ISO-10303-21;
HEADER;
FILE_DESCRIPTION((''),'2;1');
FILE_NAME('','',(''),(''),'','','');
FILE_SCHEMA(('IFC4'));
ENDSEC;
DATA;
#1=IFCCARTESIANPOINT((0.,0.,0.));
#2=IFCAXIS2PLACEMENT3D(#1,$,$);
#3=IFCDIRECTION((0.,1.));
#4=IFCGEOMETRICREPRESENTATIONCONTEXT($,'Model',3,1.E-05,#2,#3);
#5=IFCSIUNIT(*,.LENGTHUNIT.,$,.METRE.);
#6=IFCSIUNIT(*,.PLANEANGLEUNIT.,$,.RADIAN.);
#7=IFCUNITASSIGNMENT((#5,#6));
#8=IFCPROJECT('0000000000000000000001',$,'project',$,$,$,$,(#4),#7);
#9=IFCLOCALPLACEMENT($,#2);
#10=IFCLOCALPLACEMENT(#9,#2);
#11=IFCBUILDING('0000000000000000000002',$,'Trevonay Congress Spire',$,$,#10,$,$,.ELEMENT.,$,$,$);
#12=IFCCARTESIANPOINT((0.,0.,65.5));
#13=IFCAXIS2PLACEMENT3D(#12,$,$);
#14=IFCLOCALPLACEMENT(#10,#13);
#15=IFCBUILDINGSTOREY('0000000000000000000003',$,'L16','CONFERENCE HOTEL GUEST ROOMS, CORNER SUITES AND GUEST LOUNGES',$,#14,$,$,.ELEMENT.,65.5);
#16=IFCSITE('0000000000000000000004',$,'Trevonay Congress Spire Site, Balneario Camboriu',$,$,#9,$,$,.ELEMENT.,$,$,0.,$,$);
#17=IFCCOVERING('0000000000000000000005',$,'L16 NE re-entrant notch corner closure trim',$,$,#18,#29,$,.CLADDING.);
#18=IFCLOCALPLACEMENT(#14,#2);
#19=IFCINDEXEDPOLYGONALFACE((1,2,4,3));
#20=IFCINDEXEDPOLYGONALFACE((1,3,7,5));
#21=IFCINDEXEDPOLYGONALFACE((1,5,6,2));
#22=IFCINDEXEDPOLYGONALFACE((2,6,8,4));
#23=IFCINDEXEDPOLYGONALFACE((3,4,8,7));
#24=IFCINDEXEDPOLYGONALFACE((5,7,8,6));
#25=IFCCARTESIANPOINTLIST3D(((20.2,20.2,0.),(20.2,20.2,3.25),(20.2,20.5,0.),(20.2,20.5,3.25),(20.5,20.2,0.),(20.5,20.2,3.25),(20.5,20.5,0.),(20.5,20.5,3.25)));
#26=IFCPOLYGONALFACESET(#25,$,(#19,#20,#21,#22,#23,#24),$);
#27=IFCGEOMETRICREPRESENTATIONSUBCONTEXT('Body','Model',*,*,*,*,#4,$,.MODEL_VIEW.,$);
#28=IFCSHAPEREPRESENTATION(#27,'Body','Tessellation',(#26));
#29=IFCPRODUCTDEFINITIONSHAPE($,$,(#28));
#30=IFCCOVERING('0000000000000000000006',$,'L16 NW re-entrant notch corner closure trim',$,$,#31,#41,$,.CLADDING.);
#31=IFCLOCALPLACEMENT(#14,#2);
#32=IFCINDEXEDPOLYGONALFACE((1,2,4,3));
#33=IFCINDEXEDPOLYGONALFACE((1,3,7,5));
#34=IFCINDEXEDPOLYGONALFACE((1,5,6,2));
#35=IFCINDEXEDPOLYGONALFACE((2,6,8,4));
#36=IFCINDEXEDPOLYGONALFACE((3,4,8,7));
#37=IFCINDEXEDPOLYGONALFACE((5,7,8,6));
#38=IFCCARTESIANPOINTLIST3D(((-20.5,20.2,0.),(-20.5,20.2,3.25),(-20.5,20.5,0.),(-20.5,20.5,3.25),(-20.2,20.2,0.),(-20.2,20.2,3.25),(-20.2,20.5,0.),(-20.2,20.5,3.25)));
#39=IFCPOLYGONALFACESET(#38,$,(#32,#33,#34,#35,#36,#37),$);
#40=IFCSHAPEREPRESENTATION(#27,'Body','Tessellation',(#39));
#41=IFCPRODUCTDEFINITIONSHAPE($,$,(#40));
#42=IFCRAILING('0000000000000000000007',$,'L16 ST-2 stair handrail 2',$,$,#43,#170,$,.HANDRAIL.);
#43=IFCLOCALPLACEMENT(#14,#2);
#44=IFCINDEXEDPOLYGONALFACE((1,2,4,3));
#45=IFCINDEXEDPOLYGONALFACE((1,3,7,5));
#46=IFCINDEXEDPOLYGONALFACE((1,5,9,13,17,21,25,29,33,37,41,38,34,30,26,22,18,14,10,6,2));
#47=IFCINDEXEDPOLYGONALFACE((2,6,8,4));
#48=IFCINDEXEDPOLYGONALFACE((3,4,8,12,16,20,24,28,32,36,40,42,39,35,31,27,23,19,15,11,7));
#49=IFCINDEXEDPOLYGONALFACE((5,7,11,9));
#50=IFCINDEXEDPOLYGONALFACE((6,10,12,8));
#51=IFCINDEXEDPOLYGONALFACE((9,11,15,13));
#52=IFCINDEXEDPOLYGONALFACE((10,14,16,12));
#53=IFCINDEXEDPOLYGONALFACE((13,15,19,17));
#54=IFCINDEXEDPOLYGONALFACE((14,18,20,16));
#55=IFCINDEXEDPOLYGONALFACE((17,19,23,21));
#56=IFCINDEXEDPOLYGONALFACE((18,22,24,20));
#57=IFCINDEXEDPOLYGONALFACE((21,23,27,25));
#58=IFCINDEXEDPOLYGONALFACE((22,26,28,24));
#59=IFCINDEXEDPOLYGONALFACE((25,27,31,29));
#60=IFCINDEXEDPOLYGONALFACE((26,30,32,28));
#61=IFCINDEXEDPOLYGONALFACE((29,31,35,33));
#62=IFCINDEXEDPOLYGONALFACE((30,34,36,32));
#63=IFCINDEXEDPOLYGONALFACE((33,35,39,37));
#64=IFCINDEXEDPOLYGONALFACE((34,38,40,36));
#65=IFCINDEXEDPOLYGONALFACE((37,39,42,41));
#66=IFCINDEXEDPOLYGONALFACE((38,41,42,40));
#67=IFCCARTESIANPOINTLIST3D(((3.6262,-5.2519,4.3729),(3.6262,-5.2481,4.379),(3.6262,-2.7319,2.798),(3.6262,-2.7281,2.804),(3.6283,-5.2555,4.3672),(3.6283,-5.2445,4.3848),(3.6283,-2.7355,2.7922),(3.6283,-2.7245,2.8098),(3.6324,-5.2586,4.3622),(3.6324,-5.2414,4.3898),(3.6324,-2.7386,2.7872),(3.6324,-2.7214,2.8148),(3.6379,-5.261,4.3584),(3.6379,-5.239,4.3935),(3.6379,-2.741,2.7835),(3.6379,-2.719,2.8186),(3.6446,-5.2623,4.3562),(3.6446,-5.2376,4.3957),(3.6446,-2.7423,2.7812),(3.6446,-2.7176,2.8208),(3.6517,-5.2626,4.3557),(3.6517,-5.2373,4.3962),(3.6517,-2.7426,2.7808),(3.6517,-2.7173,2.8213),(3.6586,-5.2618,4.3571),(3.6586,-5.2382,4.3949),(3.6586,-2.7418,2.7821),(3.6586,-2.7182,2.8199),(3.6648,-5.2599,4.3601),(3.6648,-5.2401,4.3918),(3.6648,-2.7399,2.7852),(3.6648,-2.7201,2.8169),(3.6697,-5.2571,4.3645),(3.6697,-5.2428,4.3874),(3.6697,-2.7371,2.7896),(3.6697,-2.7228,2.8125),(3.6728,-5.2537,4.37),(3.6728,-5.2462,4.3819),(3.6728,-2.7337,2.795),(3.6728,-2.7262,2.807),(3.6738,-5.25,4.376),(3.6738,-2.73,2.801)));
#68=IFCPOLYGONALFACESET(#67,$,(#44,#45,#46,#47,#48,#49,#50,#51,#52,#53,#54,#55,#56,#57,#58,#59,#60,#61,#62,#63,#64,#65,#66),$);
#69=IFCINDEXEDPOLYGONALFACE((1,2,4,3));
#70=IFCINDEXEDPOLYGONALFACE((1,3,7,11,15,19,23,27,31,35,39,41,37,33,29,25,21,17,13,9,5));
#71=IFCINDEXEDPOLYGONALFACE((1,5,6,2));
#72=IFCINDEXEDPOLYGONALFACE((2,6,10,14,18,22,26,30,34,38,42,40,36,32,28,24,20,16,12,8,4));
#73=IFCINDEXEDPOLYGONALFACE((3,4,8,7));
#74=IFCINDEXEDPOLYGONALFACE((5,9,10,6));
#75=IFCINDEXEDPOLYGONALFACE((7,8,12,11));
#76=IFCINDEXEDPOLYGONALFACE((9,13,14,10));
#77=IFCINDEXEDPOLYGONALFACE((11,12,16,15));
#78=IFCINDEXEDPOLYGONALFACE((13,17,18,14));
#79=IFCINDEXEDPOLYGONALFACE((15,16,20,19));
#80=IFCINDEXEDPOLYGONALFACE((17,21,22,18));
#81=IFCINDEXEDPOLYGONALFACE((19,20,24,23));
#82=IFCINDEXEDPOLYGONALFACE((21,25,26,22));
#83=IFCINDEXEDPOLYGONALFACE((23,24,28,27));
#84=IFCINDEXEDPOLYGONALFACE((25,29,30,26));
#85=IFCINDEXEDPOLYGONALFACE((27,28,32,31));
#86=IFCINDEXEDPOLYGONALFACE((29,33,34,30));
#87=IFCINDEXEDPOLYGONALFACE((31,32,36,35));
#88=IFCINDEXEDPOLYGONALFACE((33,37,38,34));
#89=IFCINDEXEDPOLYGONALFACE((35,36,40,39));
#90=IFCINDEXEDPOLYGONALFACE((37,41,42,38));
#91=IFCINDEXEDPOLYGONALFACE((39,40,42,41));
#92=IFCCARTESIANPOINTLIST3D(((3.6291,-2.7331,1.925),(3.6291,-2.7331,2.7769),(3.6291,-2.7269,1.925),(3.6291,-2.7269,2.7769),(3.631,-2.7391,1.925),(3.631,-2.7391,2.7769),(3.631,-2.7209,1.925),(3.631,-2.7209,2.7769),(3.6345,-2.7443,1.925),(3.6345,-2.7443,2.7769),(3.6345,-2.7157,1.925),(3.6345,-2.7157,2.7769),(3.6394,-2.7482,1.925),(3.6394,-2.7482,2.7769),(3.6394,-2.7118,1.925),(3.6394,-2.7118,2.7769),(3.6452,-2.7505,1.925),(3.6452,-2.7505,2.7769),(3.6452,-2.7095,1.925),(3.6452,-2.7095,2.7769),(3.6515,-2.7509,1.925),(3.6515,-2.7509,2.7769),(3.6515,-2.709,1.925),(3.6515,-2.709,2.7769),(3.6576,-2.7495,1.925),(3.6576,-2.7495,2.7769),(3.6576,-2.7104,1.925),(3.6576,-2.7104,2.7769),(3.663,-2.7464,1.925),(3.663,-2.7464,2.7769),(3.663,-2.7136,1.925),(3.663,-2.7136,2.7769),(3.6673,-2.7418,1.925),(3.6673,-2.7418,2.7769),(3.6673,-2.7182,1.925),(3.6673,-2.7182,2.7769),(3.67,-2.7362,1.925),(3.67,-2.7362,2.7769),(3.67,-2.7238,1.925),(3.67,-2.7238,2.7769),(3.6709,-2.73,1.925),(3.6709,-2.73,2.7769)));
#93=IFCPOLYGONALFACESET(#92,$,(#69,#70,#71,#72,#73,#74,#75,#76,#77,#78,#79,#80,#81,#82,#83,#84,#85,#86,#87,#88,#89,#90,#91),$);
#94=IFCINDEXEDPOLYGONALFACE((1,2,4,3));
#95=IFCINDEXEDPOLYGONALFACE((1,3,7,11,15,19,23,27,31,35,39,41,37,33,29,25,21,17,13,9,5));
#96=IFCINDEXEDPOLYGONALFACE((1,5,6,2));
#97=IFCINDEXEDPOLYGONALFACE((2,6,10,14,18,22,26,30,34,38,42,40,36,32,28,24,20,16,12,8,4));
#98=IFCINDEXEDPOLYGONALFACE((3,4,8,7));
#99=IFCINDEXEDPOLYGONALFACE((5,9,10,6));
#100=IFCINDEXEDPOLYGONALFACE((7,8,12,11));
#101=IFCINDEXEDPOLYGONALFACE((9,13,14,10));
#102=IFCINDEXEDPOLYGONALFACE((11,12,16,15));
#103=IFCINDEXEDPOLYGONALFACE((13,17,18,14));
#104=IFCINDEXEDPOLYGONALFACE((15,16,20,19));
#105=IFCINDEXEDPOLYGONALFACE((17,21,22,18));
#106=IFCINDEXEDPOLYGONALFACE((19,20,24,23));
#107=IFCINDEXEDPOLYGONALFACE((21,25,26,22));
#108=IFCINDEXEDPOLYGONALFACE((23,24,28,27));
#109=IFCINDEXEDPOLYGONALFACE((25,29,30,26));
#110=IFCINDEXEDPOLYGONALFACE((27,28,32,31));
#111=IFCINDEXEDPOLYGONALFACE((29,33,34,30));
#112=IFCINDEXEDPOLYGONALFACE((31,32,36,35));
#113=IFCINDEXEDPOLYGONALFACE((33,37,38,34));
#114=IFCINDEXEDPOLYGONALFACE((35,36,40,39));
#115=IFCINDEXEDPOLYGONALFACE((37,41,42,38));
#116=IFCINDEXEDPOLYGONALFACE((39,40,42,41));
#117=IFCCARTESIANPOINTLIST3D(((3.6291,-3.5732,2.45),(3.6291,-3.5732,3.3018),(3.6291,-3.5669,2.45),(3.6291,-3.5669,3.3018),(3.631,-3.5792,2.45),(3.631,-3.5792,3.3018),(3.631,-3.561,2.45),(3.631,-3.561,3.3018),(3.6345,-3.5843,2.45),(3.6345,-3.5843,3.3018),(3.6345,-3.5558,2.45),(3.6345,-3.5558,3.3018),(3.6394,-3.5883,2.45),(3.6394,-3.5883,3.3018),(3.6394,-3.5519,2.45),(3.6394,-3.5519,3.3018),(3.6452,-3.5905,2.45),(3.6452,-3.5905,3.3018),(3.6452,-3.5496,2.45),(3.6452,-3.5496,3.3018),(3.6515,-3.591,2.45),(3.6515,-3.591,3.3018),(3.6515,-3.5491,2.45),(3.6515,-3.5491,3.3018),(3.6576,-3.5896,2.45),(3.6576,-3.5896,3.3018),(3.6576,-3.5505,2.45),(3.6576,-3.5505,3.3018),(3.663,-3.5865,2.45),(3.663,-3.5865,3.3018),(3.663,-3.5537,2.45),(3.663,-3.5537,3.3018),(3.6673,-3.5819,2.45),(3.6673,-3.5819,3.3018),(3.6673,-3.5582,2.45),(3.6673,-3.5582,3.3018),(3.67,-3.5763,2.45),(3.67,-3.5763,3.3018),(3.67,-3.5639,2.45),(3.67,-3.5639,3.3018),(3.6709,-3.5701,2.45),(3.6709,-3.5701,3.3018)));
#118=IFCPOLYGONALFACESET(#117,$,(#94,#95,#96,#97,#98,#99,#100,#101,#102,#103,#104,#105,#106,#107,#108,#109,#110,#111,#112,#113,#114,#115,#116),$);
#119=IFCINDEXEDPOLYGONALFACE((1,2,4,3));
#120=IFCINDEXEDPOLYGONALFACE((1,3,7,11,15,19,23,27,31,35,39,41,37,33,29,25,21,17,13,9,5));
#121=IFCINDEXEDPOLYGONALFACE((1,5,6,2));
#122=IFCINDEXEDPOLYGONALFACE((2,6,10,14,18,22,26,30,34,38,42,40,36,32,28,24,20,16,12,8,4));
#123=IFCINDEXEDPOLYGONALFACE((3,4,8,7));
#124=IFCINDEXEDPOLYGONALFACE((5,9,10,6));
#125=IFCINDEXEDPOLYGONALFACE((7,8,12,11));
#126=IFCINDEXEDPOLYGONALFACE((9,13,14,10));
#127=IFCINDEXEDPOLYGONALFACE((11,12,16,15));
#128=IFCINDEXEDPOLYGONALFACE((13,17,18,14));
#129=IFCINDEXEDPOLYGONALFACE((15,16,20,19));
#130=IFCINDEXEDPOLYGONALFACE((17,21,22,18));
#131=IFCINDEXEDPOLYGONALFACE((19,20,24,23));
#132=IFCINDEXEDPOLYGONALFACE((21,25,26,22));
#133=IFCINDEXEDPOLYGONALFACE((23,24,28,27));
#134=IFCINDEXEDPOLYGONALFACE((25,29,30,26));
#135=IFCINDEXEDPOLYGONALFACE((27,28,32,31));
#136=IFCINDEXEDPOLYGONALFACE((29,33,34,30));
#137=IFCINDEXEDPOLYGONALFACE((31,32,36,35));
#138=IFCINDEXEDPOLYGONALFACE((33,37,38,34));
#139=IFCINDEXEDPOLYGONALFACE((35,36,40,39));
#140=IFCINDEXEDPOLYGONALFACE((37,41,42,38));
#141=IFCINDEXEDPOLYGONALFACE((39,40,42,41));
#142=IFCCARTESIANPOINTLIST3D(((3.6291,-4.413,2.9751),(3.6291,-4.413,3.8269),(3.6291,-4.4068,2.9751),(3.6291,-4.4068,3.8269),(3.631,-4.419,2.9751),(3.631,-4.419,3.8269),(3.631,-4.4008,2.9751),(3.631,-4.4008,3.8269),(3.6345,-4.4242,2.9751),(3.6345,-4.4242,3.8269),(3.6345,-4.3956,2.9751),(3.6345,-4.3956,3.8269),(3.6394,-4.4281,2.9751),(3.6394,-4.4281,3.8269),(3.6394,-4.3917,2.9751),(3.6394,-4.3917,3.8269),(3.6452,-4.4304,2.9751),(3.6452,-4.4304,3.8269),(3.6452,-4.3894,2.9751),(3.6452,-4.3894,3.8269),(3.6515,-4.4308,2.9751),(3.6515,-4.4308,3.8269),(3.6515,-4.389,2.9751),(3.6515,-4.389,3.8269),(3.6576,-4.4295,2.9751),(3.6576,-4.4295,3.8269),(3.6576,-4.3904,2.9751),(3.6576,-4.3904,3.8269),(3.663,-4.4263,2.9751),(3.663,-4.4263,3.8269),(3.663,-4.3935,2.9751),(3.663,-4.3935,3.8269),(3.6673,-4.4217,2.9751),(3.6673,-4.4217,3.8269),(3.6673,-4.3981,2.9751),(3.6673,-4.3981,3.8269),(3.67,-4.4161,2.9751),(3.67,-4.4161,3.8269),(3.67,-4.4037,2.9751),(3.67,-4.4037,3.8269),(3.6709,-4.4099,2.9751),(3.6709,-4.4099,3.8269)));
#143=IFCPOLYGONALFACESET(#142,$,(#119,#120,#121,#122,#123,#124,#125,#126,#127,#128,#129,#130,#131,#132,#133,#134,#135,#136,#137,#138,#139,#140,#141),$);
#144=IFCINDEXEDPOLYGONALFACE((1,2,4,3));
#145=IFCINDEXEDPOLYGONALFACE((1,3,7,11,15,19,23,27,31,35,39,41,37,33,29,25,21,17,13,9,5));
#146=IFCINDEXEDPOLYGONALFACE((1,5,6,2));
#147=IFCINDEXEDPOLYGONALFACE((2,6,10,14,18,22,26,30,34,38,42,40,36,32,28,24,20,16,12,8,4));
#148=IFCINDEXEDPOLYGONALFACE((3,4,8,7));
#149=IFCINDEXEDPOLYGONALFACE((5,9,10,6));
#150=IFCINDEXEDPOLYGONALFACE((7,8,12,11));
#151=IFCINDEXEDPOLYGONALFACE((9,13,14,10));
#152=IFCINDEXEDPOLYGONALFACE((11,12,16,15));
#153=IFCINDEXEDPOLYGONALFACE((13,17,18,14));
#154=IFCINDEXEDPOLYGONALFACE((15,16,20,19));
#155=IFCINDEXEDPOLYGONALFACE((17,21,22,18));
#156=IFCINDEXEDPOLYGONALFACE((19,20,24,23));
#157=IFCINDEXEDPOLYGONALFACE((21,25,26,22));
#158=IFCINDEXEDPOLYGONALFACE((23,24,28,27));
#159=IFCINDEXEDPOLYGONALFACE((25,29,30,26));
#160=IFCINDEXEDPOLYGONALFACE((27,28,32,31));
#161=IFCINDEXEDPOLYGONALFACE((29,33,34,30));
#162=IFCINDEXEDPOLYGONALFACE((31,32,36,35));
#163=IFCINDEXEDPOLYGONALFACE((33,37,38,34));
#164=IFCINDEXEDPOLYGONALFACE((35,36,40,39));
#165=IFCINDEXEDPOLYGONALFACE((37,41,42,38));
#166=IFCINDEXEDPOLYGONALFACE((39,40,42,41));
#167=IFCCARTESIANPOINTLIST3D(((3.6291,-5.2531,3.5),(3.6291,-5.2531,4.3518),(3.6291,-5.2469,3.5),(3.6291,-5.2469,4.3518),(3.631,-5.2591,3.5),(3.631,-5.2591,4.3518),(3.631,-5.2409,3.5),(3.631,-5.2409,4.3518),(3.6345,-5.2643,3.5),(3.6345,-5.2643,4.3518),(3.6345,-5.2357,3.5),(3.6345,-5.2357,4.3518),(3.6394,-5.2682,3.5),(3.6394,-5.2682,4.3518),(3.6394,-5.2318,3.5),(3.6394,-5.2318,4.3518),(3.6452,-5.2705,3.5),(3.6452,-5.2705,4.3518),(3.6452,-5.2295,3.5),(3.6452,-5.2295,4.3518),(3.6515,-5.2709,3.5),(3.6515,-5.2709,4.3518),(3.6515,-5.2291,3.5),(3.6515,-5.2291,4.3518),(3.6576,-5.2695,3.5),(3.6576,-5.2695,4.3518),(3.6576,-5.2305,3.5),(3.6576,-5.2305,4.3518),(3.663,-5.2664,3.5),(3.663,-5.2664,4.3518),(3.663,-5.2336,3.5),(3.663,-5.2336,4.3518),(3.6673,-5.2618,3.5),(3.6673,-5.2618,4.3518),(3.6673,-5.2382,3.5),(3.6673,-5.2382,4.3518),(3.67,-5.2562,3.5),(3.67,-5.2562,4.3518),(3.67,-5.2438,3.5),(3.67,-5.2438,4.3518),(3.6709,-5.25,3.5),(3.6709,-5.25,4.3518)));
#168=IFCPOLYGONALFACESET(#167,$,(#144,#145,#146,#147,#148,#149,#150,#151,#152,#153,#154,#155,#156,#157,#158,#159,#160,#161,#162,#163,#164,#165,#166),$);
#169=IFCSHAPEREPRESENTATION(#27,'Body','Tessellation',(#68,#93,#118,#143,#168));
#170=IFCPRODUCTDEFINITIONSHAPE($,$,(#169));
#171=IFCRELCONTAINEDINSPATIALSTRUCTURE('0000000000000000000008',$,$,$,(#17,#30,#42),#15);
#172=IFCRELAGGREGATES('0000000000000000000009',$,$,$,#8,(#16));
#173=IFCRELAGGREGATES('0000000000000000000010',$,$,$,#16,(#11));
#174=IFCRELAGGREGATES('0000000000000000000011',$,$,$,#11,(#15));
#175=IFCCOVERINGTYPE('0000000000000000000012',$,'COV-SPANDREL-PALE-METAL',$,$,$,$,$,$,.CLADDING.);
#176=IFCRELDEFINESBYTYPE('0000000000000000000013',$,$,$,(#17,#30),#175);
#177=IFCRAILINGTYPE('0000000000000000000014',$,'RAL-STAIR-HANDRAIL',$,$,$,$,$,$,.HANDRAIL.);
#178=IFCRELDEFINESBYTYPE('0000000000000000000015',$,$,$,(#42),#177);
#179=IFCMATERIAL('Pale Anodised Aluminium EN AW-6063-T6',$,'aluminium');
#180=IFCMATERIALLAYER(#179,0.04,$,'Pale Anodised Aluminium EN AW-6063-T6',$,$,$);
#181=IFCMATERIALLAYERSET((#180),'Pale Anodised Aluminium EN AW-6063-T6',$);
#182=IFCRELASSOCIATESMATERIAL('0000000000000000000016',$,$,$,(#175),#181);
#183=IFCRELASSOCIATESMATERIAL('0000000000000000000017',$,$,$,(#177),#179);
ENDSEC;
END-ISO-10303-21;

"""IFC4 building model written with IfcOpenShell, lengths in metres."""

from ifc_helpers import new_model, si_unit, direction, frame, origin, origin_2d, place, context, subcontext, project, spatial, polyline, circle, outline, extrude, material, layer, layer_set, type_object, element, save


model = new_model("IFC4")

# Units and contexts
model_context = context("Model", 3, precision=1e-05, world=origin(), true_north=direction((0.0, 1.0)))
body_context = subcontext(model_context, "Body", "Model", "MODEL_VIEW")
ifc_project = project(units=[si_unit("LENGTHUNIT", "METRE"), si_unit("PLANEANGLEUNIT", "RADIAN")], contexts=[model_context])

# Site, building, storey
site_placement = place(None, origin())
site = spatial("IfcSite", under=ifc_project, at=site_placement, Name="Trevonay Congress Spire Site, Balneario Camboriu", CompositionType="ELEMENT", RefElevation=0.0)
building_placement = place(site_placement, origin())
building = spatial("IfcBuilding", under=site, at=building_placement, Name="Trevonay Congress Spire", CompositionType="ELEMENT")
storey_placement = place(building_placement, frame((0.0, 0.0, 65.5)))
storey = spatial("IfcBuildingStorey", under=building, at=storey_placement, Name="L16", Description="CONFERENCE HOTEL GUEST ROOMS, CORNER SUITES AND GUEST LOUNGES", CompositionType="ELEMENT", Elevation=65.5)

# Coverings
ifc_material_1 = material(Name="Pale Anodised Aluminium EN AW-6063-T6", Category="aluminium")
ifc_layer_1 = layer(ifc_material_1, 0.04, Name="Pale Anodised Aluminium EN AW-6063-T6")
ifc_layer_set_1 = layer_set([ifc_layer_1], Name="Pale Anodised Aluminium EN AW-6063-T6")
covering_type_1 = type_object("IfcCoveringType", Name="COV-SPANDREL-PALE-METAL", PredefinedType="CLADDING", material=ifc_layer_set_1)
covering_1_placement = place(storey_placement, origin())
element("IfcCovering", 1, at=covering_1_placement, inside=storey, type_object=covering_type_1, Name="L16 NE re-entrant notch corner closure trim", PredefinedType="CLADDING", context=body_context, shape_type="SweptSolid", body=[
    extrude(outline(polyline([(20.2, 20.2), (20.5, 20.2), (20.5, 20.5), (20.2, 20.5), (20.2, 20.2)])), origin(), (0.0, 0.0, 1.0), 3.25),
])
covering_2_placement = place(storey_placement, origin())
element("IfcCovering", 2, at=covering_2_placement, inside=storey, type_object=covering_type_1, Name="L16 NW re-entrant notch corner closure trim", PredefinedType="CLADDING", context=body_context, shape_type="SweptSolid", body=[
    extrude(outline(polyline([(-20.5, 20.2), (-20.2, 20.2), (-20.2, 20.5), (-20.5, 20.5), (-20.5, 20.2)])), origin(), (0.0, 0.0, 1.0), 3.25),
])

# Railing
railing_type = type_object("IfcRailingType", Name="RAL-STAIR-HANDRAIL", PredefinedType="HANDRAIL", material=ifc_material_1)
railing_placement = place(storey_placement, frame((3.6499, -2.73, 1.925)))
element("IfcRailing", 3, at=railing_placement, inside=storey, type_object=railing_type, Name="L16 ST-2 stair handrail 2", PredefinedType="HANDRAIL", context=body_context, shape_type="SweptSolid", body=[
    extrude(circle(Radius=0.0239, at=origin_2d()), frame((0.0, 0.0, 0.876), z_axis=(0.0, -0.848008, 0.529984), x_axis=(1.0, 0.0, 0.0)), (0.0, 0.0, 1.0), 2.9717),
    extrude(circle(Radius=0.021, at=origin_2d()), origin(), (0.0, 0.0, 1.0), 0.8518),
    extrude(circle(Radius=0.021, at=origin_2d()), frame((0.0, -0.8401, 0.5249)), (0.0, 0.0, 1.0), 0.8518),
    extrude(circle(Radius=0.021, at=origin_2d()), frame((0.0, -1.6799, 1.05)), (0.0, 0.0, 1.0), 0.8518),
    extrude(circle(Radius=0.021, at=origin_2d()), frame((0.0, -2.52, 1.575)), (0.0, 0.0, 1.0), 0.8518),
])

save(model, "model.ifc")
